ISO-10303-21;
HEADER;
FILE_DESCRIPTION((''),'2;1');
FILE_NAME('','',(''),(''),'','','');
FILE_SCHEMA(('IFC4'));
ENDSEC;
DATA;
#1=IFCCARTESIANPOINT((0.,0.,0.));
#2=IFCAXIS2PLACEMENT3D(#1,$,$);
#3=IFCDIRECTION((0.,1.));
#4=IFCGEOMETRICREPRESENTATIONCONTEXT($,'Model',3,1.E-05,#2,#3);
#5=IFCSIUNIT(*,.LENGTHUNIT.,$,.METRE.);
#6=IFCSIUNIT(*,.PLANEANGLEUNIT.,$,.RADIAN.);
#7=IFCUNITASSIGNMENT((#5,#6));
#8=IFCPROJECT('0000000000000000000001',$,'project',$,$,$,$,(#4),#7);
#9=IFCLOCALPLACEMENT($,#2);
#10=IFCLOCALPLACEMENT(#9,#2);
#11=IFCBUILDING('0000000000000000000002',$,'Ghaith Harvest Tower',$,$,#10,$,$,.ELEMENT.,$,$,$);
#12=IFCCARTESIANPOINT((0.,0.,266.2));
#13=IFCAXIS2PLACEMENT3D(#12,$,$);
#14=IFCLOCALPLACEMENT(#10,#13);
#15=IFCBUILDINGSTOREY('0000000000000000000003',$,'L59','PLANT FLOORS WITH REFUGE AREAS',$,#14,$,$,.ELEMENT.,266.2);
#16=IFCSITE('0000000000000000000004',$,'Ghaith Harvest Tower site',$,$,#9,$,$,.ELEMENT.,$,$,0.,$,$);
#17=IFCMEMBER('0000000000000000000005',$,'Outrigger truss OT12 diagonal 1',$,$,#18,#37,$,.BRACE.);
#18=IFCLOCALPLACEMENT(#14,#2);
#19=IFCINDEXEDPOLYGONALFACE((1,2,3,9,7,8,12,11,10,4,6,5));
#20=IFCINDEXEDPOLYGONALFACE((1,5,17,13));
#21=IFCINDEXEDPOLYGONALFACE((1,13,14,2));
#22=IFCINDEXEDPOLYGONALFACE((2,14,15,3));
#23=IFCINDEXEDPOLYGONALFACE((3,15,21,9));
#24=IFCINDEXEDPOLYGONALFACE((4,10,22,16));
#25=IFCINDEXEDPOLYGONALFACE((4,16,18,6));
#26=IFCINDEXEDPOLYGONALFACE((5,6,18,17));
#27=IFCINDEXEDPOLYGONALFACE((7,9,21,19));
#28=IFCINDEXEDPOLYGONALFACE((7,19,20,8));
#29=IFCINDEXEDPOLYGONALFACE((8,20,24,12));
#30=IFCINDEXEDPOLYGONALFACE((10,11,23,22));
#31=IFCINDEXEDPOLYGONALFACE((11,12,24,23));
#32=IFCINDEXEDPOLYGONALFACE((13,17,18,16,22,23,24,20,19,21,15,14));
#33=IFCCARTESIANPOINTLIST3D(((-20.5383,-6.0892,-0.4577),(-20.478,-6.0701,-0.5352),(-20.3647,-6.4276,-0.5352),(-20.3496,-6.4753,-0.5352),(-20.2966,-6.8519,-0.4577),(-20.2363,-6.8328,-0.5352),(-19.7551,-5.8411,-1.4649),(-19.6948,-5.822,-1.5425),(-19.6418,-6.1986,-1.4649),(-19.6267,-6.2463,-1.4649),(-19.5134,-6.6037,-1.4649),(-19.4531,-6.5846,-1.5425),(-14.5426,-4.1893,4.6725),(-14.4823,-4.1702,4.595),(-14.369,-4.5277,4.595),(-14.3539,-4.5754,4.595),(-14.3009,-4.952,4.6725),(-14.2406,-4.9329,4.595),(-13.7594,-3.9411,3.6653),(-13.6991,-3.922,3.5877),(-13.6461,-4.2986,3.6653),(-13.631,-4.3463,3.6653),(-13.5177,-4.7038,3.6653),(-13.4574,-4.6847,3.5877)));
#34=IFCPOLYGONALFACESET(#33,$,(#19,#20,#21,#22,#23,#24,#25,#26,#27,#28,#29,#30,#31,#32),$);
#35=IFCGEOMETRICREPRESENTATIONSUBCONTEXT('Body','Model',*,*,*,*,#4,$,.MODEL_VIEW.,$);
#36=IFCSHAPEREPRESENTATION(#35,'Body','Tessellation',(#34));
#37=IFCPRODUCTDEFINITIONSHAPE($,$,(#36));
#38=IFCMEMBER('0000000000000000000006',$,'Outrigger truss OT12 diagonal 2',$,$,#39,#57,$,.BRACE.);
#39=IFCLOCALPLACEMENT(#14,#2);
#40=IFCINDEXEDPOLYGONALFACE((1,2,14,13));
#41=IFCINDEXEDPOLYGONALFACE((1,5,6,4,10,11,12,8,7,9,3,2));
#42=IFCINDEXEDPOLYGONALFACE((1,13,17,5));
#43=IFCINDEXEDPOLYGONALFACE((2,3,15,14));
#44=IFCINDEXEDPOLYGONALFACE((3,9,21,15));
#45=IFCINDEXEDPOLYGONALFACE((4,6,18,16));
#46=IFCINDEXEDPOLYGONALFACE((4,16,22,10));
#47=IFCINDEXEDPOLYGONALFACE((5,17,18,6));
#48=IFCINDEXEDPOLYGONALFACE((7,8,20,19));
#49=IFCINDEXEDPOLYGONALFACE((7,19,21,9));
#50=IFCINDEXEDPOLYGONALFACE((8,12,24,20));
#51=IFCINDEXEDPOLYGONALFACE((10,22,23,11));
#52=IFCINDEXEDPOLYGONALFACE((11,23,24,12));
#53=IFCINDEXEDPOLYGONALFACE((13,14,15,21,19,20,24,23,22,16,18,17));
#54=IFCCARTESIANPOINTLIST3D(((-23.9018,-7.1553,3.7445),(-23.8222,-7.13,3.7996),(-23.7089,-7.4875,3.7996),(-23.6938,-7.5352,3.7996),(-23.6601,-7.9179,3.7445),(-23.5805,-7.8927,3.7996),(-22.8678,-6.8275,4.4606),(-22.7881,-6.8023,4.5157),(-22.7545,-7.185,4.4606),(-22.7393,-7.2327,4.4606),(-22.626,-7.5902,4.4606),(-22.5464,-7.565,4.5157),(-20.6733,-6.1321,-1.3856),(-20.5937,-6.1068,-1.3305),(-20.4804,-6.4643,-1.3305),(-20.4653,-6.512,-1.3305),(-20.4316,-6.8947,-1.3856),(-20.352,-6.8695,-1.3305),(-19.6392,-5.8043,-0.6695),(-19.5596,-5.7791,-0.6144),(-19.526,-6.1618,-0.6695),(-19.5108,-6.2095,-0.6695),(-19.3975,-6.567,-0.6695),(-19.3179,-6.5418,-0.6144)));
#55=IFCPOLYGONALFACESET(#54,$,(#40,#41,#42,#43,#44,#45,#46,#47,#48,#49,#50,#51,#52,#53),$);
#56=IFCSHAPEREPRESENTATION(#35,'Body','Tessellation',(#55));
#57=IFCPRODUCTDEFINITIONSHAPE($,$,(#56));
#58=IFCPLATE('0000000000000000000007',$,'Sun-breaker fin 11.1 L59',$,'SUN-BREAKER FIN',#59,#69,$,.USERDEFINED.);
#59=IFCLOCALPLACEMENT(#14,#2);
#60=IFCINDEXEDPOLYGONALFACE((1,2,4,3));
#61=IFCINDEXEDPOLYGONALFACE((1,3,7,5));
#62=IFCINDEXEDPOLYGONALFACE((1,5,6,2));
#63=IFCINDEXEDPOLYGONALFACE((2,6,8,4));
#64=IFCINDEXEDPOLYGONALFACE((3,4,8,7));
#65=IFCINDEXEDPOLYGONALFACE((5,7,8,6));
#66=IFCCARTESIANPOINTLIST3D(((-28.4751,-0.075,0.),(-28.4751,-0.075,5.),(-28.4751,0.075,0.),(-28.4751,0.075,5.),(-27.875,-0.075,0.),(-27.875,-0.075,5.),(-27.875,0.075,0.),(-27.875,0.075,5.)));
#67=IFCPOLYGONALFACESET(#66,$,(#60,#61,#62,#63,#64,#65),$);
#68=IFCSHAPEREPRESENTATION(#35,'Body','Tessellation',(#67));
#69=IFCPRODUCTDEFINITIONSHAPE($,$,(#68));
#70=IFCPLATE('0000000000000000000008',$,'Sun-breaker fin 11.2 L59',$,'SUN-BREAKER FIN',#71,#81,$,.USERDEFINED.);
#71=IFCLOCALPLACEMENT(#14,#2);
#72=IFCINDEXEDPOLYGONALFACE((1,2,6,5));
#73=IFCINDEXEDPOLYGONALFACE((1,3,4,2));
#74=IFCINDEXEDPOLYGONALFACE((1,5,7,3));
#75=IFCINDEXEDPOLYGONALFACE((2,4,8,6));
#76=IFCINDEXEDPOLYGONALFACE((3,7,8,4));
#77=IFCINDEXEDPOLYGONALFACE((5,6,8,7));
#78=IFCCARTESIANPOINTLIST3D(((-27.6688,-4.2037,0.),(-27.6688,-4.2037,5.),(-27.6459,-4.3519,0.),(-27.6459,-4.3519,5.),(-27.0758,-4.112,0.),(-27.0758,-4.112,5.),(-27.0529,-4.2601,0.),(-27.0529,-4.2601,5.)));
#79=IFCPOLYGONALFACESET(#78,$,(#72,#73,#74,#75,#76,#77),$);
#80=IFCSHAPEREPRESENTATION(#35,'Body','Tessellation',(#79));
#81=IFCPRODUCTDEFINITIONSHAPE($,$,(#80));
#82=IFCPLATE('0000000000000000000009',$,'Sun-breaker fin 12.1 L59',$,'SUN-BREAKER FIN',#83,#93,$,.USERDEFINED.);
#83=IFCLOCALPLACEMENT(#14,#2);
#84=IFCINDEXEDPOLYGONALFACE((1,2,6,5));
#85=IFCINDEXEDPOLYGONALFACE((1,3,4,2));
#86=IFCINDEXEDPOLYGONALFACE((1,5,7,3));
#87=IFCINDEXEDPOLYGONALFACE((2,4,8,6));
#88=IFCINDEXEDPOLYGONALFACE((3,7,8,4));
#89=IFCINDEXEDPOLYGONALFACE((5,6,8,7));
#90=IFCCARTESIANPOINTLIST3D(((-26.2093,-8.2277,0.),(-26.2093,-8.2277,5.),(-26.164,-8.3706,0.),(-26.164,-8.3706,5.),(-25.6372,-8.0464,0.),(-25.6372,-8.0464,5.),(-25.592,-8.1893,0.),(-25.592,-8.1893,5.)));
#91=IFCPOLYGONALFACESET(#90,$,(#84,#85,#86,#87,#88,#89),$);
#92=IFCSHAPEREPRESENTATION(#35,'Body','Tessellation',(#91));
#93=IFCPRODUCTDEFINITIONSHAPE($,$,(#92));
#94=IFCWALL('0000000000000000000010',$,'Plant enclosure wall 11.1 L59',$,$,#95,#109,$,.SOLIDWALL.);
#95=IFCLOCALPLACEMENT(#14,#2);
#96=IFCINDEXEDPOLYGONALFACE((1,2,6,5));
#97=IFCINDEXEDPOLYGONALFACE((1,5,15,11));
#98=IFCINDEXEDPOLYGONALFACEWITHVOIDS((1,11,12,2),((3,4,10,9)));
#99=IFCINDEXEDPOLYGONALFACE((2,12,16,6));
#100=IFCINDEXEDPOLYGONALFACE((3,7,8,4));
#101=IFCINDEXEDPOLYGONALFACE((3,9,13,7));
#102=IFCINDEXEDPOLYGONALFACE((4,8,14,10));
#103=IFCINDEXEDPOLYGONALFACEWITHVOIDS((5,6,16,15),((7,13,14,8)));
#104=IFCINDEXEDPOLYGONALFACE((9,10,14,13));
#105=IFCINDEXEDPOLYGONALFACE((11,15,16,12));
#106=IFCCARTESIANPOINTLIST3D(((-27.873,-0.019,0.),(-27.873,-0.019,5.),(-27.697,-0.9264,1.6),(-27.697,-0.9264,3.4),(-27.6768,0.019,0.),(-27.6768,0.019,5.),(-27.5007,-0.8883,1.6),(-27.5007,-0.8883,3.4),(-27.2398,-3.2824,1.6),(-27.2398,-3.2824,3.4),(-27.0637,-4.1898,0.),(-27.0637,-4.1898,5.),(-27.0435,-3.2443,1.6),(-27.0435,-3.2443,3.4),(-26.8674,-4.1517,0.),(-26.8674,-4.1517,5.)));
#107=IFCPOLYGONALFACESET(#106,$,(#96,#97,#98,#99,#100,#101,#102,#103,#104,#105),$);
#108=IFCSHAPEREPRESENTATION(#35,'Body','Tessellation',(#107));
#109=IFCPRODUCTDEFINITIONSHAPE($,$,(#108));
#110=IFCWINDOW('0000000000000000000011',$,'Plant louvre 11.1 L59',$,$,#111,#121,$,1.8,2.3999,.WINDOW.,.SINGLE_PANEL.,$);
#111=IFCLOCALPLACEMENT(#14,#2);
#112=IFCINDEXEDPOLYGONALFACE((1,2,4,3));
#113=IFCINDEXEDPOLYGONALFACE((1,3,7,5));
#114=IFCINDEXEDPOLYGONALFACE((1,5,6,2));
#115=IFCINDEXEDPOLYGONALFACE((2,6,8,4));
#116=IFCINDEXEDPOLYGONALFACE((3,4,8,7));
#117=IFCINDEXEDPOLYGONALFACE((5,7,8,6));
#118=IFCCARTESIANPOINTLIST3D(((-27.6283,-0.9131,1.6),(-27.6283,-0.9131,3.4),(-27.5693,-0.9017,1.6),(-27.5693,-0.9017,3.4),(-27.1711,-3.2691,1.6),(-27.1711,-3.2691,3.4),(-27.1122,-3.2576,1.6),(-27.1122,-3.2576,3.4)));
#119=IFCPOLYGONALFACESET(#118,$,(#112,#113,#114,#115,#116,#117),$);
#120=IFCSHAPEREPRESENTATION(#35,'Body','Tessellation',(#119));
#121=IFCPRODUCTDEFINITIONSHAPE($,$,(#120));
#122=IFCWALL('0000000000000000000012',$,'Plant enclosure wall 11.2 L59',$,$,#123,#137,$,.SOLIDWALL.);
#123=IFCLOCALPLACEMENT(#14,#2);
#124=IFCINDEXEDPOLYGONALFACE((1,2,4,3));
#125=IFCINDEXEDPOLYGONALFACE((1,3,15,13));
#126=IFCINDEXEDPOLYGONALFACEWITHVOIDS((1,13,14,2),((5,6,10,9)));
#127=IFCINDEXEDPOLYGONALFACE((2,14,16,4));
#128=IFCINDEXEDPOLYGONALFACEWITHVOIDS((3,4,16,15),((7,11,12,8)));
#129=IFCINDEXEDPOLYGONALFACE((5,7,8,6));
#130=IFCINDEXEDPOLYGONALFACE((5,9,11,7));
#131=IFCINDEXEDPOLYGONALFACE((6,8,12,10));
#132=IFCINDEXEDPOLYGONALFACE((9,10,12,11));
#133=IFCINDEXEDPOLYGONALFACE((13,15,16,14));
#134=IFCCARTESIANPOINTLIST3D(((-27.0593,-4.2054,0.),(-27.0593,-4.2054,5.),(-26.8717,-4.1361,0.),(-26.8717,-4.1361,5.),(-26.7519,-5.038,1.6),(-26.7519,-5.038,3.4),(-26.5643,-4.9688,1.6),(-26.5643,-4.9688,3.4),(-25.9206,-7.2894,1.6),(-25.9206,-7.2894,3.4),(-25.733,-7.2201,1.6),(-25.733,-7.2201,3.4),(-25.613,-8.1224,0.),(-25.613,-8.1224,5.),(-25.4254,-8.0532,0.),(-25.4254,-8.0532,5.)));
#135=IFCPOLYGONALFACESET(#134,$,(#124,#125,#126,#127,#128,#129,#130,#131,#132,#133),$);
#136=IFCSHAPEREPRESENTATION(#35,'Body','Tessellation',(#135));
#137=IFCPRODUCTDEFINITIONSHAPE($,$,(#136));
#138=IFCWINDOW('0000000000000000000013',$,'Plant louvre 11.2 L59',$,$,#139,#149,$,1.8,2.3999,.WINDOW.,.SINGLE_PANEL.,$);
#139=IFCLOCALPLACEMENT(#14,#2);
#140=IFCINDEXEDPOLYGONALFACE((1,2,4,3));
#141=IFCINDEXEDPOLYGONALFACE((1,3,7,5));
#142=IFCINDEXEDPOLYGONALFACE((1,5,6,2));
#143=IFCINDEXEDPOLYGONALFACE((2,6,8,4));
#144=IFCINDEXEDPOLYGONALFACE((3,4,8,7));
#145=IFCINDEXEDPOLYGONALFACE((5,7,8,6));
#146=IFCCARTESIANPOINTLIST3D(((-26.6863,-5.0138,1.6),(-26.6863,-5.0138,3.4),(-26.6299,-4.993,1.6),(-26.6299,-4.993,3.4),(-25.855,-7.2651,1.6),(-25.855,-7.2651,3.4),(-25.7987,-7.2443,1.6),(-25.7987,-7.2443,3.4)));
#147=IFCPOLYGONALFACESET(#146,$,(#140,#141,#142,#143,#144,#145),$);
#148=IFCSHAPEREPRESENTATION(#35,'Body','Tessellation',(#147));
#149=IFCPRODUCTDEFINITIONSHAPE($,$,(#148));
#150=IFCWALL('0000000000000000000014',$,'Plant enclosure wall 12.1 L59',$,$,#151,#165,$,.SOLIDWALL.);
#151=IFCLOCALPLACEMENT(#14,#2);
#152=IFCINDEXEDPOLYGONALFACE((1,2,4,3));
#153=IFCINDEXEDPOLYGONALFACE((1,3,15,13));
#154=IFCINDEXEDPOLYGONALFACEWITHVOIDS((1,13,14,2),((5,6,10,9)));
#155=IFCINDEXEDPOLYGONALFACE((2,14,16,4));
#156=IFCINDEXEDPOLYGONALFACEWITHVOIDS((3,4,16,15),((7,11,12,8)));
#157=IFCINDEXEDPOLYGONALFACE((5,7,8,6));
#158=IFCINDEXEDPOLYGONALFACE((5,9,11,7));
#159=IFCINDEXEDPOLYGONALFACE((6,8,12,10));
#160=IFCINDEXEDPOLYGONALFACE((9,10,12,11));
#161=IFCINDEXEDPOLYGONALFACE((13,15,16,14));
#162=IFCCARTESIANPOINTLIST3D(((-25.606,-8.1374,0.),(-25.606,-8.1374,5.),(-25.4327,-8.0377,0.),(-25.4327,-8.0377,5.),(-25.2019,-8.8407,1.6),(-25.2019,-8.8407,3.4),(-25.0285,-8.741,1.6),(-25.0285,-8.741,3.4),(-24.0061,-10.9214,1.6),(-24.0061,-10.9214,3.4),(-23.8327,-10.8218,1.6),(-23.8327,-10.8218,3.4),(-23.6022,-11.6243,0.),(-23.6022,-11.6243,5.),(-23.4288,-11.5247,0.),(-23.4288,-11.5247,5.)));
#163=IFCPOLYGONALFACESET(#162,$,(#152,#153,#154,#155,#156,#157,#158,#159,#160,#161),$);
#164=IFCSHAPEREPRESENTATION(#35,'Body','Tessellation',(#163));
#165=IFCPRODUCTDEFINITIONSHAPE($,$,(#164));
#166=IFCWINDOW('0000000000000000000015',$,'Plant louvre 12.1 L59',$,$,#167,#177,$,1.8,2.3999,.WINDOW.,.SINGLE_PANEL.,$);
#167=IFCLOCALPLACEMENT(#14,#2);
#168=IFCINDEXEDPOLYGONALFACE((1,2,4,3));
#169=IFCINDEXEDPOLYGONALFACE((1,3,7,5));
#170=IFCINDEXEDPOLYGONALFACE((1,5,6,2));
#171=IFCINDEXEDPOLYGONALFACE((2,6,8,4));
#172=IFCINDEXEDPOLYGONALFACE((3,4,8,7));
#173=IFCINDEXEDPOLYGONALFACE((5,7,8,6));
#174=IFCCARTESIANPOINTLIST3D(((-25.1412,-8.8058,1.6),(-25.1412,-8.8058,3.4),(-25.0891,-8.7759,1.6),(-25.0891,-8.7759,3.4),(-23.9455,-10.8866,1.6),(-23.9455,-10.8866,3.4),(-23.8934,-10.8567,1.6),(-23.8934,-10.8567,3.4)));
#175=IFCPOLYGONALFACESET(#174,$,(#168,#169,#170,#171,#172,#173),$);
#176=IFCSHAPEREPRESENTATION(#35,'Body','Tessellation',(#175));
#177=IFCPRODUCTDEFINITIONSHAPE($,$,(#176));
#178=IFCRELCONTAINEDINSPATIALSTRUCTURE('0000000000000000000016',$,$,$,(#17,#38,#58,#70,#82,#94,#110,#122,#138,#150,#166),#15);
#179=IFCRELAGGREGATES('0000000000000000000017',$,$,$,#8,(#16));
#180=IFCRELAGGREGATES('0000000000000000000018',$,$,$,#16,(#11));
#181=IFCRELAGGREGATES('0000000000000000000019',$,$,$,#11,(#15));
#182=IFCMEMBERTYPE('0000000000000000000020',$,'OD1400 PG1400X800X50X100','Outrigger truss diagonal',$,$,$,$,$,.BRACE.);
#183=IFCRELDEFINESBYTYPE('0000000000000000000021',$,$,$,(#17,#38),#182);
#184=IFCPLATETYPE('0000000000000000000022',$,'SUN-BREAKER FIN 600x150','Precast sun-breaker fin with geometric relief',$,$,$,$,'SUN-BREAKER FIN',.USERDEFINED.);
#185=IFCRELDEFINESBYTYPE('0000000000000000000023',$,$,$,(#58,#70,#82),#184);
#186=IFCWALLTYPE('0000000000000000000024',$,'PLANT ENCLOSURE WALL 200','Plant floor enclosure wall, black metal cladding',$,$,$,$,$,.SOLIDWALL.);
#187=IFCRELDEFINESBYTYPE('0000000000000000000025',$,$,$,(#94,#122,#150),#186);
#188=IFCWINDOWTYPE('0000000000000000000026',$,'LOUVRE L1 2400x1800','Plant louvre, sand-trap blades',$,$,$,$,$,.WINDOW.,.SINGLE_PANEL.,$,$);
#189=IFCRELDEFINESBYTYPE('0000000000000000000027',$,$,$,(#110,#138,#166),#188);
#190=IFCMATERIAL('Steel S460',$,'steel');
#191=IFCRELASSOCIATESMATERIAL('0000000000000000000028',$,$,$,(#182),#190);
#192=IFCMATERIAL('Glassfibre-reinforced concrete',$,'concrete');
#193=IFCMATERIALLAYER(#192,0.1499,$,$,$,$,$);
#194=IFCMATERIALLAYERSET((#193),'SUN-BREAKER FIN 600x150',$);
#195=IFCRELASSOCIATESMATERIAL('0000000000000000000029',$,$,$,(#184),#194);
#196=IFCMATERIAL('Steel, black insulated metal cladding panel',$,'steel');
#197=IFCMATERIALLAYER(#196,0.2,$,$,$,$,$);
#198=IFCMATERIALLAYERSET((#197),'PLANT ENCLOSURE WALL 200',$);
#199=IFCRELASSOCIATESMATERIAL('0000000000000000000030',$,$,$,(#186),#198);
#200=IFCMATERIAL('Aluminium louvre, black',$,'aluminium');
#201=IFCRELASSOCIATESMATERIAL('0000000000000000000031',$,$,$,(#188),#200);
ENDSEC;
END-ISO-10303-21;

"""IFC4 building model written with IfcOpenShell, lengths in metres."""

from ifc_helpers import new_model, si_unit, direction, frame, frame_2d, origin, origin_2d, place, context, subcontext, project, spatial, rectangle, i_section, extrude, material, layer, layer_set, material_profile, profile_set, type_object, element, fill, save


model = new_model("IFC4")

# Units and contexts
model_context = context("Model", 3, precision=1e-05, world=origin(), true_north=direction((0.0, 1.0)))
body_context = subcontext(model_context, "Body", "Model", "MODEL_VIEW")
ifc_project = project(units=[si_unit("LENGTHUNIT", "METRE"), si_unit("PLANEANGLEUNIT", "RADIAN")], contexts=[model_context])

# Site, building, storey
site_placement = place(None, origin())
site = spatial("IfcSite", under=ifc_project, at=site_placement, Name="Ghaith Harvest Tower site", CompositionType="ELEMENT", RefElevation=0.0)
building_placement = place(site_placement, origin())
building = spatial("IfcBuilding", under=site, at=building_placement, Name="Ghaith Harvest Tower", CompositionType="ELEMENT")
storey_placement = place(building_placement, frame((0.0, 0.0, 266.2)))
storey = spatial("IfcBuildingStorey", under=building, at=storey_placement, Name="L59", Description="PLANT FLOORS WITH REFUGE AREAS", CompositionType="ELEMENT", Elevation=266.2)

# Members
ifc_material_1 = material(Name="Steel S460", Category="steel")
ifc_material_profile_1 = material_profile(ifc_material_1, i_section(OverallWidth=0.8, OverallDepth=1.3999, WebThickness=0.05, FlangeThickness=0.1001, at=origin_2d()), Name="PG1400X800X50X100")
ifc_profile_set_1 = profile_set([ifc_material_profile_1], Name="Steel S460")
member_type_1 = type_object("IfcMemberType", Name="OD1400 PG1400X800X50X100", Description="Outrigger truss diagonal", PredefinedType="BRACE", material=ifc_profile_set_1)
member_1_placement = place(storey_placement, frame((-14.0, -4.437, 4.1301), z_axis=(-0.738707, -0.234083, -0.632073), x_axis=(0.302079, -0.953283, 0.0)))
element("IfcMember", 1, at=member_1_placement, inside=storey, type_object=member_type_1, Name="Outrigger truss OT12 diagonal 1", PredefinedType="BRACE", context=body_context, shape_type="SweptSolid", body=[
    extrude(i_section(OverallWidth=0.8, OverallDepth=1.3999, WebThickness=0.05, FlangeThickness=0.1001, at=origin_2d()), origin(), (0.0, 0.0, 1.0), 8.1165),
])
member_2_placement = place(storey_placement, frame((-19.9956, -6.3369, -1.0), z_axis=(-0.525198, -0.166448, 0.834543), x_axis=(0.302114, -0.953272, 0.0)))
element("IfcMember", 2, at=member_2_placement, inside=storey, type_object=member_type_1, Name="Outrigger truss OT12 diagonal 2", PredefinedType="BRACE", context=body_context, shape_type="SweptSolid", body=[
    extrude(i_section(OverallWidth=0.8, OverallDepth=1.3999, WebThickness=0.05, FlangeThickness=0.1001, at=origin_2d()), origin(), (0.0, 0.0, 1.0), 6.1472),
])

# Plates
ifc_material_2 = material(Name="Glassfibre-reinforced concrete", Category="concrete")
ifc_layer_1 = layer(ifc_material_2, 0.1499)
ifc_layer_set_1 = layer_set([ifc_layer_1], Name="SUN-BREAKER FIN 600x150")
plate_type = type_object("IfcPlateType", Name="SUN-BREAKER FIN 600x150", Description="Precast sun-breaker fin with geometric relief", ElementType="SUN-BREAKER FIN", PredefinedType="USERDEFINED", material=ifc_layer_set_1)
for number, where, z_axis, x_axis, name in (
    (3, (-28.175, 0.0, 0.0), (0.0, 0.0, 1.0), (-1.0, 0.0, 0.0), "Sun-breaker fin 11.1 L59"),
    (4, (-27.3608, -4.2319, 0.0), (0.0, 0.0, 1.0), (-0.988249, -0.152851, 0.0), "Sun-breaker fin 11.2 L59"),
    (5, (-25.9006, -8.2085, 0.0), (0.0, 0.0, 1.0), (-0.953273, -0.30211, 0.0), "Sun-breaker fin 12.1 L59"),
):
    element("IfcPlate", number, at=place(storey_placement, frame(where, z_axis=z_axis, x_axis=x_axis)), inside=storey, type_object=plate_type, Name=name, ObjectType="SUN-BREAKER FIN", PredefinedType="USERDEFINED", context=body_context, shape_type="SweptSolid", body=[
        extrude(rectangle(XDim=0.6001, YDim=0.1499, at=origin_2d()), origin(), (0.0, 0.0, 1.0), 5.0),
    ])

# Walls, openings, windows
ifc_material_3 = material(Name="Steel, black insulated metal cladding panel", Category="steel")
ifc_layer_2 = layer(ifc_material_3, 0.2)
ifc_layer_set_2 = layer_set([ifc_layer_2], Name="PLANT ENCLOSURE WALL 200")
wall_type_1 = type_object("IfcWallType", Name="PLANT ENCLOSURE WALL 200", Description="Plant floor enclosure wall, black metal cladding", PredefinedType="SOLIDWALL", material=ifc_layer_set_2)
wall_1_placement = place(storey_placement, frame((-27.7749, 0.0, 0.0), z_axis=(0.0, 0.0, 1.0), x_axis=(0.190499, -0.981687, 0.0)))
wall_1 = element("IfcWall", 6, at=wall_1_placement, inside=storey, type_object=wall_type_1, Name="Plant enclosure wall 11.1 L59", PredefinedType="SOLIDWALL", context=body_context, shape_type="SweptSolid", body=[
    extrude(rectangle(XDim=4.2485, YDim=0.2, at=frame_2d((2.1243, 0.0))), origin(), (0.0, 0.0, 1.0), 5.0),
])
opening_1_placement = place(wall_1_placement, frame((0.9243, 0.0, 1.6001)))
opening_1 = element("IfcOpeningElement", 7, at=opening_1_placement, cuts=wall_1, PredefinedType="OPENING", context=body_context, shape_type="SweptSolid", body=[
    extrude(rectangle(XDim=2.3999, YDim=1.8, at=frame_2d((1.2, 0.8999))), frame((0.0, 0.1099, 0.0), z_axis=(0.0, -1.0, 0.0), x_axis=(1.0, 0.0, 0.0)), (0.0, 0.0, 1.0), 0.22),
])
ifc_material_4 = material(Name="Aluminium louvre, black", Category="aluminium")
window_type = type_object("IfcWindowType", Name="LOUVRE L1 2400x1800", Description="Plant louvre, sand-trap blades", PartitioningType="SINGLE_PANEL", PredefinedType="WINDOW", material=ifc_material_4)
window_1_placement = place(opening_1_placement, origin())
window_1 = element("IfcWindow", 8, at=window_1_placement, inside=storey, type_object=window_type, Name="Plant louvre 11.1 L59", OverallHeight=1.8, OverallWidth=2.3999, PartitioningType="SINGLE_PANEL", PredefinedType="WINDOW", context=body_context, shape_type="SweptSolid", body=[
    extrude(rectangle(XDim=2.3999, YDim=1.8, at=frame_2d((1.2, 0.8999))), frame((0.0, 0.03, 0.0), z_axis=(0.0, -1.0, 0.0), x_axis=(1.0, 0.0, 0.0)), (0.0, 0.0, 1.0), 0.0601),
])
fill(opening_1, window_1)
wall_2_placement = place(storey_placement, frame((-26.9656, -4.1707, 0.0), z_axis=(0.0, 0.0, 1.0), x_axis=(0.346377, -0.938095, 0.0)))
wall_2 = element("IfcWall", 9, at=wall_2_placement, inside=storey, type_object=wall_type_1, Name="Plant enclosure wall 11.2 L59", PredefinedType="SOLIDWALL", context=body_context, shape_type="SweptSolid", body=[
    extrude(rectangle(XDim=4.1755, YDim=0.2, at=frame_2d((2.0879, 0.0))), origin(), (0.0, 0.0, 1.0), 5.0),
])
opening_2_placement = place(wall_2_placement, frame((0.8877, 0.0, 1.6001)))
opening_2 = element("IfcOpeningElement", 10, at=opening_2_placement, cuts=wall_2, PredefinedType="OPENING", context=body_context, shape_type="SweptSolid", body=[
    extrude(rectangle(XDim=2.3999, YDim=1.8, at=frame_2d((1.2, 0.8999))), frame((0.0, 0.1099, 0.0), z_axis=(0.0, -1.0, 0.0), x_axis=(1.0, 0.0, 0.0)), (0.0, 0.0, 1.0), 0.22),
])
window_2_placement = place(opening_2_placement, origin())
window_2 = element("IfcWindow", 11, at=window_2_placement, inside=storey, type_object=window_type, Name="Plant louvre 11.2 L59", OverallHeight=1.8, OverallWidth=2.3999, PartitioningType="SINGLE_PANEL", PredefinedType="WINDOW", context=body_context, shape_type="SweptSolid", body=[
    extrude(rectangle(XDim=2.3999, YDim=1.8, at=frame_2d((1.2, 0.8999))), frame((0.0, 0.03, 0.0), z_axis=(0.0, -1.0, 0.0), x_axis=(1.0, 0.0, 0.0)), (0.0, 0.0, 1.0), 0.0601),
])
fill(opening_2, window_2)
wall_3_placement = place(storey_placement, frame((-25.5193, -8.0876, 0.0), z_axis=(0.0, 0.0, 1.0), x_axis=(0.498256, -0.86703, 0.0)))
wall_3 = element("IfcWall", 12, at=wall_3_placement, inside=storey, type_object=wall_type_1, Name="Plant enclosure wall 12.1 L59", PredefinedType="SOLIDWALL", context=body_context, shape_type="SweptSolid", body=[
    extrude(rectangle(XDim=4.0217, YDim=0.2, at=frame_2d((2.0107, 0.0))), origin(), (0.0, 0.0, 1.0), 5.0),
])
opening_3_placement = place(wall_3_placement, frame((0.811, 0.0, 1.6001)))
opening_3 = element("IfcOpeningElement", 13, at=opening_3_placement, cuts=wall_3, PredefinedType="OPENING", context=body_context, shape_type="SweptSolid", body=[
    extrude(rectangle(XDim=2.3999, YDim=1.8, at=frame_2d((1.2, 0.8999))), frame((0.0, 0.1099, 0.0), z_axis=(0.0, -1.0, 0.0), x_axis=(1.0, 0.0, 0.0)), (0.0, 0.0, 1.0), 0.22),
])
window_3_placement = place(opening_3_placement, origin())
window_3 = element("IfcWindow", 14, at=window_3_placement, inside=storey, type_object=window_type, Name="Plant louvre 12.1 L59", OverallHeight=1.8, OverallWidth=2.3999, PartitioningType="SINGLE_PANEL", PredefinedType="WINDOW", context=body_context, shape_type="SweptSolid", body=[
    extrude(rectangle(XDim=2.3999, YDim=1.8, at=frame_2d((1.2, 0.8999))), frame((0.0, 0.03, 0.0), z_axis=(0.0, -1.0, 0.0), x_axis=(1.0, 0.0, 0.0)), (0.0, 0.0, 1.0), 0.0601),
])
fill(opening_3, window_3)

save(model, "model.ifc")
